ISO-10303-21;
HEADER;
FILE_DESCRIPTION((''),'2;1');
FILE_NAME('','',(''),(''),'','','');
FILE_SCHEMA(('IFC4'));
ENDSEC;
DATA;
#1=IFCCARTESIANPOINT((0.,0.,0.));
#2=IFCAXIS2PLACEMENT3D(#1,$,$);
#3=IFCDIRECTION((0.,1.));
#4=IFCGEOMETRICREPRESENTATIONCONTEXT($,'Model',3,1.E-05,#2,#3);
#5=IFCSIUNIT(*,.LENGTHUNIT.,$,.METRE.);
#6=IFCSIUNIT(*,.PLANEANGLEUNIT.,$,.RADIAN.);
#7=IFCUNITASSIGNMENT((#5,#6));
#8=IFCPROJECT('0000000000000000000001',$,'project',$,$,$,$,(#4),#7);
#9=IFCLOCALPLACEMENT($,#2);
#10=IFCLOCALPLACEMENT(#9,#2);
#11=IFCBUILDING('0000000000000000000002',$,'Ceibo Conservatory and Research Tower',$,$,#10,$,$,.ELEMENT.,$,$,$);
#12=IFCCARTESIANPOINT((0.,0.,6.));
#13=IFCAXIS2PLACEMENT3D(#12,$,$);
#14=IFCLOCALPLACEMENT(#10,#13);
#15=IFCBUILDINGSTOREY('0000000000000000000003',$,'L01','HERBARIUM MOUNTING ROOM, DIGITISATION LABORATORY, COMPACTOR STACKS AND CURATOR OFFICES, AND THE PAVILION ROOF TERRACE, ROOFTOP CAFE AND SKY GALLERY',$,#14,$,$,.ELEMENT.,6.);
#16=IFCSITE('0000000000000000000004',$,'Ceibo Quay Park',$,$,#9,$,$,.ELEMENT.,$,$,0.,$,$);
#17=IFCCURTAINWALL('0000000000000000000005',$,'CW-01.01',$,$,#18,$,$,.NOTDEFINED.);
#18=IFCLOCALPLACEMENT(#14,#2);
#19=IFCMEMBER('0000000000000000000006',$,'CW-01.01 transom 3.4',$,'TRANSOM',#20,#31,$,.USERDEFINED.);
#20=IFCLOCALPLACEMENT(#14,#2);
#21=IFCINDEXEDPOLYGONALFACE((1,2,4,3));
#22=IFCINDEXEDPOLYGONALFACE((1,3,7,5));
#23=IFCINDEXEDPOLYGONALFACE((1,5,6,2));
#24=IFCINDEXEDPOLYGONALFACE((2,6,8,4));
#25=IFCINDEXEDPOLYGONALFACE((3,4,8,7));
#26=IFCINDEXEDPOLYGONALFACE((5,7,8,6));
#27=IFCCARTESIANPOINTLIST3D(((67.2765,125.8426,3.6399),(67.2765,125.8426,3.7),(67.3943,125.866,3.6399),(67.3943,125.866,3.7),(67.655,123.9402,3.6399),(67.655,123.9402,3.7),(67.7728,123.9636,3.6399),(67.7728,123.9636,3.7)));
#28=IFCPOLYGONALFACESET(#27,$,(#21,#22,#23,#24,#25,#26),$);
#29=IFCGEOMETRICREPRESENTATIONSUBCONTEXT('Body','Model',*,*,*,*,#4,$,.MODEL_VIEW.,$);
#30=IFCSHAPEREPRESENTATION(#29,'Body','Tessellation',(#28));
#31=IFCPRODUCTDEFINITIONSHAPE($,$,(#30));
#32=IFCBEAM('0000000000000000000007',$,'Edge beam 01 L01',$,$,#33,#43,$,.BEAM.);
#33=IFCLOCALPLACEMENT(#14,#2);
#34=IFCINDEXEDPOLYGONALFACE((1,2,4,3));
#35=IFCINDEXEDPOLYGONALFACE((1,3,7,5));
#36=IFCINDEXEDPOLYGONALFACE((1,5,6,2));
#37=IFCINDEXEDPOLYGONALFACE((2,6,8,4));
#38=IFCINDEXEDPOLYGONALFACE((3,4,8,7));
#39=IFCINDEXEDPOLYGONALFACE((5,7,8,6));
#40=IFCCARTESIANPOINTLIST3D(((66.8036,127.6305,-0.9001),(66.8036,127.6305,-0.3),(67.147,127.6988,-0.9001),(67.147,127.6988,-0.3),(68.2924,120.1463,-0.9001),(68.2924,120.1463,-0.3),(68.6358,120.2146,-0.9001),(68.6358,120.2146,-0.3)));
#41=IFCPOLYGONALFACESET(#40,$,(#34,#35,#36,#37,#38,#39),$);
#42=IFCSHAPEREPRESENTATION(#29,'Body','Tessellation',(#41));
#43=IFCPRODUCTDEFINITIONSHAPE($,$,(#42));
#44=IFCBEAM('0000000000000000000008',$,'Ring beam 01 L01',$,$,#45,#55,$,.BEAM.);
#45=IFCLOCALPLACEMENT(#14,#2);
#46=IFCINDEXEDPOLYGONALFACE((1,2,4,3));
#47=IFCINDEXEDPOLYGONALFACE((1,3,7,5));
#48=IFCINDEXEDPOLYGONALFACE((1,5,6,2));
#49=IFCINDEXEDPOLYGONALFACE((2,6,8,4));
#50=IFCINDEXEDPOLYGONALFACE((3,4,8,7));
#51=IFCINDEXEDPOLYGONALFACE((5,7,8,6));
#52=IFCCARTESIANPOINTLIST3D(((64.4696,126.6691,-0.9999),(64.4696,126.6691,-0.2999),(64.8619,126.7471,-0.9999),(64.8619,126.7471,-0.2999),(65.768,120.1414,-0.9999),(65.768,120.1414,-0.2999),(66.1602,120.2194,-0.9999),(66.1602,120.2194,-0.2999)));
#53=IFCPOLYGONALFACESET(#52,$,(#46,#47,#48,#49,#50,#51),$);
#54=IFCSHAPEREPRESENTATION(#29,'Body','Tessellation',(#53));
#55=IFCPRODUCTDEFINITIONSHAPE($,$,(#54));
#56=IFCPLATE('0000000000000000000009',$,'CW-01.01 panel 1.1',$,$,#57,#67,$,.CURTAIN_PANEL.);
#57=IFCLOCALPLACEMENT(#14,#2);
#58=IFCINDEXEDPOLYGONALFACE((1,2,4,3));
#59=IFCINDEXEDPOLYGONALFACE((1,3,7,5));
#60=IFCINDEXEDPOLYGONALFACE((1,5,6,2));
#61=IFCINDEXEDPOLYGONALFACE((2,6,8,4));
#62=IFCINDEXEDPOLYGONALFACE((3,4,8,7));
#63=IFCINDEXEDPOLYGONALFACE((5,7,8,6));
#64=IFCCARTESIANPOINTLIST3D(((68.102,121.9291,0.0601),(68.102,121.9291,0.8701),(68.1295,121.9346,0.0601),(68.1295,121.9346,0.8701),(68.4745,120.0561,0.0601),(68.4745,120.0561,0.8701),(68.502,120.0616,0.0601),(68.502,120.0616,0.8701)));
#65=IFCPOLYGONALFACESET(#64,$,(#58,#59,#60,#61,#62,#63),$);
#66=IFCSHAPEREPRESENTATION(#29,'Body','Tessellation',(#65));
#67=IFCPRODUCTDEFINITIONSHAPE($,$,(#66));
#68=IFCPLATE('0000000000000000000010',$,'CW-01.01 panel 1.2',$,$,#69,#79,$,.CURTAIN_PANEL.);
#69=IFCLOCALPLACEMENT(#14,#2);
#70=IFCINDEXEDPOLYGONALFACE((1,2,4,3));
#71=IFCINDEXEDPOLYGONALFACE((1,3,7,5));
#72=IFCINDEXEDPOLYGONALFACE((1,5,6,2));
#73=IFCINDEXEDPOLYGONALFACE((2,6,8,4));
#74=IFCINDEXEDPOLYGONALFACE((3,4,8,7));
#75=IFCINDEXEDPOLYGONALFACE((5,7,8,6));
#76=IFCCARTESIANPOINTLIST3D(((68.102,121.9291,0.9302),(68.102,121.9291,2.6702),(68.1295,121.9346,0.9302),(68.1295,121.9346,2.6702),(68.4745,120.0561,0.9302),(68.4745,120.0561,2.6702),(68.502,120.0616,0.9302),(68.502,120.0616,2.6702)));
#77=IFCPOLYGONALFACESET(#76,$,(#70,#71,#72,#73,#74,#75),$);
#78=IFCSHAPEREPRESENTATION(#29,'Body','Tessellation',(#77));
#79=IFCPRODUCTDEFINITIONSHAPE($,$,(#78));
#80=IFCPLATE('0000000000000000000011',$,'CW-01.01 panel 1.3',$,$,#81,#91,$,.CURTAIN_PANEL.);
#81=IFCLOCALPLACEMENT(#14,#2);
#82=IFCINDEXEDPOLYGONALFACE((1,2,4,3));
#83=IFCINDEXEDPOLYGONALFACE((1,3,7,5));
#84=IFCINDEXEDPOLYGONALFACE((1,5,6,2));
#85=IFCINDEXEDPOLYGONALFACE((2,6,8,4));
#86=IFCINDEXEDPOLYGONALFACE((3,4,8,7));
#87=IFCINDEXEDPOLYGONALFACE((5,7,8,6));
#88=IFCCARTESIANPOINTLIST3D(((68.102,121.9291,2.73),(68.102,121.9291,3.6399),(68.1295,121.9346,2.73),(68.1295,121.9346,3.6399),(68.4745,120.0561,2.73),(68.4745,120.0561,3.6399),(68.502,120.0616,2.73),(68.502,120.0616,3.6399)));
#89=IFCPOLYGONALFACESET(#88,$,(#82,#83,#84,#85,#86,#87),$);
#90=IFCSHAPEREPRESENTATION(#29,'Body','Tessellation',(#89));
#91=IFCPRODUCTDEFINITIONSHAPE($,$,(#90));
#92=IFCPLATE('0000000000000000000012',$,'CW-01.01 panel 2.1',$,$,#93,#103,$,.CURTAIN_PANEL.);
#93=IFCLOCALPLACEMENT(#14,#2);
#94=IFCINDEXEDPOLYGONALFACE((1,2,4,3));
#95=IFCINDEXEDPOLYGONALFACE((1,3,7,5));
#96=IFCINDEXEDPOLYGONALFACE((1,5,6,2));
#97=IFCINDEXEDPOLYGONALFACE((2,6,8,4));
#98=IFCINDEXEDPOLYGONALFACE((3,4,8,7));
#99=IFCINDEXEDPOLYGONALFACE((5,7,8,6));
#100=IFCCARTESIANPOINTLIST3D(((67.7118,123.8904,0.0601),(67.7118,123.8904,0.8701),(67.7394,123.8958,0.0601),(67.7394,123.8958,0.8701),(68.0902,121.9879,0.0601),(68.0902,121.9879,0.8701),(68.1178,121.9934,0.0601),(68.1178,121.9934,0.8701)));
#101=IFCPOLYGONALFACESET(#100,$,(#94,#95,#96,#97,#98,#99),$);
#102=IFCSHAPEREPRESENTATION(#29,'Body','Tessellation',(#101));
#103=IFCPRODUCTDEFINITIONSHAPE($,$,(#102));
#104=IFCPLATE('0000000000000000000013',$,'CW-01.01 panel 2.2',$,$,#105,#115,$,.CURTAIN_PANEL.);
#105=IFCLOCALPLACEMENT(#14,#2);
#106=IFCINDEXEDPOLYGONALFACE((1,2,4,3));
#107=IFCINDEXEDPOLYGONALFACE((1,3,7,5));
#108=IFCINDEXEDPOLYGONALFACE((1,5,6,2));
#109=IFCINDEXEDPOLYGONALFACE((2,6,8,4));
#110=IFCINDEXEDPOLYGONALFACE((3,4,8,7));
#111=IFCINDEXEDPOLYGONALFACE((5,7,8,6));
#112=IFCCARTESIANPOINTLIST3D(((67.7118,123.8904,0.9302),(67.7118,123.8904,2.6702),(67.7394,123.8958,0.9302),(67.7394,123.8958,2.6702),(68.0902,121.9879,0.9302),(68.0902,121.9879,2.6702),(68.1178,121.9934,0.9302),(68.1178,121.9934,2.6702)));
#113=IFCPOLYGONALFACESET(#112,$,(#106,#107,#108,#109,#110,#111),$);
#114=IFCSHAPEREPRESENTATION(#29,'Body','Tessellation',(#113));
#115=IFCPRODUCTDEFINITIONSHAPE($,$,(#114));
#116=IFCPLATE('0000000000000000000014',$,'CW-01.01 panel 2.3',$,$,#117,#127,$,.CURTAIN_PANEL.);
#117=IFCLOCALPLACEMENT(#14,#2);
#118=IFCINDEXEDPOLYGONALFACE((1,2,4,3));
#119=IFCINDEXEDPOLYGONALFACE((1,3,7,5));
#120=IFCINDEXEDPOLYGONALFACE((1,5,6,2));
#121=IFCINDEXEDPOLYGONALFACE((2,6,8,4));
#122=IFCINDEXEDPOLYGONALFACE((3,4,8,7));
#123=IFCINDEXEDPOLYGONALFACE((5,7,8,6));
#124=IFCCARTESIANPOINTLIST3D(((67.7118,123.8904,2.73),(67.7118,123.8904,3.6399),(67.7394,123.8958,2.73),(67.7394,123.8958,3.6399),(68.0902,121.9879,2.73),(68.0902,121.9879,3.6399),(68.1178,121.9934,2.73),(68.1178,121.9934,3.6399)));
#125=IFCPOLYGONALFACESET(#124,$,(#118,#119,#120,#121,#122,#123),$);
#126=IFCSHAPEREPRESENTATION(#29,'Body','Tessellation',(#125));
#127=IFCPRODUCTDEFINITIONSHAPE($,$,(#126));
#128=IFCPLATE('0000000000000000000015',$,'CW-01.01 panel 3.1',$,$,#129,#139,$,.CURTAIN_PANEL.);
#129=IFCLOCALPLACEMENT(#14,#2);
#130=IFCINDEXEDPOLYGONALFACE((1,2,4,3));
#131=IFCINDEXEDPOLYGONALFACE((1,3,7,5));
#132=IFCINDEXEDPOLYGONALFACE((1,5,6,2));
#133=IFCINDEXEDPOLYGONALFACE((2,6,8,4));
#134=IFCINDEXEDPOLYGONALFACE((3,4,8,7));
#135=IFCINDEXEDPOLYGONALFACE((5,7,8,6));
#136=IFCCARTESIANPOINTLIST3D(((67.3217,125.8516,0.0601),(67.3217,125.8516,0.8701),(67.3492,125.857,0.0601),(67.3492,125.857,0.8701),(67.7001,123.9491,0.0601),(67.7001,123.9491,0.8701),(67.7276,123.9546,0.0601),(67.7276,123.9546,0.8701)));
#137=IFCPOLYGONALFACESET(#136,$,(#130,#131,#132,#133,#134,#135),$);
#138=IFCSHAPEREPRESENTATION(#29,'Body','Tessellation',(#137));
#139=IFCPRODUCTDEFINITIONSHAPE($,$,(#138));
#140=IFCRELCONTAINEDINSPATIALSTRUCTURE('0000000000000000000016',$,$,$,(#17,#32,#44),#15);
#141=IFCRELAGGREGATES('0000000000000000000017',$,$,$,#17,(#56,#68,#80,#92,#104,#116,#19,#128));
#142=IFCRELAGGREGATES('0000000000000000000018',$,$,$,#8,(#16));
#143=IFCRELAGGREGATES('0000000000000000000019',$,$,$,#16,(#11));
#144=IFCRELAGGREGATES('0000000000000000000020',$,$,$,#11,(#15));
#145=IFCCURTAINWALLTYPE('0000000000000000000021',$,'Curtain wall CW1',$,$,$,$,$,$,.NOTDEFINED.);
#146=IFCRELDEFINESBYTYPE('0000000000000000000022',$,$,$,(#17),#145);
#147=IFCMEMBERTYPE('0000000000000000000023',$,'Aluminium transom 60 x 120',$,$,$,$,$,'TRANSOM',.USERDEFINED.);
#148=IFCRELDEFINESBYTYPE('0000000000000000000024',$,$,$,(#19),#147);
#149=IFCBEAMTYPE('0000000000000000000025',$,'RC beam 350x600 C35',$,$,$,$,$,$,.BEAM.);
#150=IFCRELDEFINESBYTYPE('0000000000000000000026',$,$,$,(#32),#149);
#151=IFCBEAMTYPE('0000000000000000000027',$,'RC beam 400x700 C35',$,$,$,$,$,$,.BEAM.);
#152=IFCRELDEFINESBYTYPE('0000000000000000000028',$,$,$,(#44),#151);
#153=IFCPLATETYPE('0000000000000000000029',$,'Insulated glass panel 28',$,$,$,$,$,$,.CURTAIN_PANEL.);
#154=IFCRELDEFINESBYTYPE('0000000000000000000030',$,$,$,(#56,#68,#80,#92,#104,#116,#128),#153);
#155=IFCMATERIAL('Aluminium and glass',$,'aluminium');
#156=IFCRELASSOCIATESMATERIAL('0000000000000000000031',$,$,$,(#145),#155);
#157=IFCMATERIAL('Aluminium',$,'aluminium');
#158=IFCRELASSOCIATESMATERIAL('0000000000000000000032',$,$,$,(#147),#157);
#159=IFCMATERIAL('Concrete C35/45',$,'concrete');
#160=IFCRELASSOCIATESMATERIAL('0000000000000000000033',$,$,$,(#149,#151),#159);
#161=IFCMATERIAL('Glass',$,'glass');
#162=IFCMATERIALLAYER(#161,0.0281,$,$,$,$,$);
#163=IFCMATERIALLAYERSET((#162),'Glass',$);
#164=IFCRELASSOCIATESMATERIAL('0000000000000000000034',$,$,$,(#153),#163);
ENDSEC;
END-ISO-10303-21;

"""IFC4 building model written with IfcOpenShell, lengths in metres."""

from ifc_helpers import new_model, si_unit, direction, frame, origin, origin_2d, place, context, subcontext, project, spatial, rectangle, extrude, material, layer, layer_set, material_profile, profile_set, type_object, element, aggregate, save


model = new_model("IFC4")

# Units and contexts
model_context = context("Model", 3, precision=1e-05, world=origin(), true_north=direction((0.0, 1.0)))
body_context = subcontext(model_context, "Body", "Model", "MODEL_VIEW")
ifc_project = project(units=[si_unit("LENGTHUNIT", "METRE"), si_unit("PLANEANGLEUNIT", "RADIAN")], contexts=[model_context])

# Site, building, storey
site_placement = place(None, origin())
site = spatial("IfcSite", under=ifc_project, at=site_placement, Name="Ceibo Quay Park", CompositionType="ELEMENT", RefElevation=0.0)
building_placement = place(site_placement, origin())
building = spatial("IfcBuilding", under=site, at=building_placement, Name="Ceibo Conservatory and Research Tower", CompositionType="ELEMENT")
storey_placement = place(building_placement, frame((0.0, 0.0, 6.0)))
storey = spatial("IfcBuildingStorey", under=building, at=storey_placement, Name="L01", Description="HERBARIUM MOUNTING ROOM, DIGITISATION LABORATORY, COMPACTOR STACKS AND CURATOR OFFICES, AND THE PAVILION ROOF TERRACE, ROOFTOP CAFE AND SKY GALLERY", CompositionType="ELEMENT", Elevation=6.0)

# Curtain wall, member
ifc_material_1 = material(Name="Aluminium and glass", Category="aluminium")
curtain_wall_type = type_object("IfcCurtainWallType", Name="Curtain wall CW1", PredefinedType="NOTDEFINED", material=ifc_material_1)
curtain_wall_placement = place(storey_placement, origin())
curtain_wall = element("IfcCurtainWall", 1, at=curtain_wall_placement, inside=storey, type_object=curtain_wall_type, Name="CW-01.01", PredefinedType="NOTDEFINED")
ifc_material_2 = material(Name="Aluminium", Category="aluminium")
ifc_material_profile_1 = material_profile(ifc_material_2, rectangle(XDim=0.1201, YDim=0.0601, at=origin_2d()), Name="Aluminium 60 x 120")
ifc_profile_set_1 = profile_set([ifc_material_profile_1], Name="Aluminium")
member_type_1 = type_object("IfcMemberType", Name="Aluminium transom 60 x 120", ElementType="TRANSOM", PredefinedType="USERDEFINED", material=ifc_profile_set_1)
member_1_placement = place(storey_placement, frame((67.7139, 123.9519, 3.6699), z_axis=(-0.195099, 0.980783, 0.0), x_axis=(-0.980783, -0.195099, 0.0)))
member_1 = element("IfcMember", 2, at=member_1_placement, type_object=member_type_1, Name="CW-01.01 transom 3.4", ObjectType="TRANSOM", PredefinedType="USERDEFINED", context=body_context, shape_type="SweptSolid", body=[
    extrude(rectangle(XDim=0.1201, YDim=0.0601, at=origin_2d()), origin(), (0.0, 0.0, 1.0), 1.9397),
])

# Beams
ifc_material_3 = material(Name="Concrete C35/45", Category="concrete")
ifc_material_profile_2 = material_profile(ifc_material_3, rectangle(XDim=0.3501, YDim=0.6001, at=origin_2d()), Name="RC 350x600")
ifc_profile_set_2 = profile_set([ifc_material_profile_2], Name="Concrete C35/45")
beam_type_1 = type_object("IfcBeamType", Name="RC beam 350x600 C35", PredefinedType="BEAM", material=ifc_profile_set_2)
beam_1_placement = place(storey_placement, frame((68.4641, 120.1804, -0.6001), z_axis=(-0.195101, 0.980783, 0.0), x_axis=(-0.980783, -0.195101, 0.0)))
element("IfcBeam", 3, at=beam_1_placement, inside=storey, type_object=beam_type_1, Name="Edge beam 01 L01", PredefinedType="BEAM", context=body_context, shape_type="SweptSolid", body=[
    extrude(rectangle(XDim=0.3501, YDim=0.6001, at=origin_2d()), origin(), (0.0, 0.0, 1.0), 7.6309),
])
ifc_material_profile_3 = material_profile(ifc_material_3, rectangle(XDim=0.3999, YDim=0.7, at=origin_2d()), Name="RC 400x700")
ifc_profile_set_3 = profile_set([ifc_material_profile_3], Name="Concrete C35/45")
beam_type_2 = type_object("IfcBeamType", Name="RC beam 400x700 C35", PredefinedType="BEAM", material=ifc_profile_set_3)
beam_2_placement = place(storey_placement, frame((65.9641, 120.1804, -0.6499), z_axis=(-0.195079, 0.980788, 0.0), x_axis=(-0.980788, -0.195079, 0.0)))
element("IfcBeam", 4, at=beam_2_placement, inside=storey, type_object=beam_type_2, Name="Ring beam 01 L01", PredefinedType="BEAM", context=body_context, shape_type="SweptSolid", body=[
    extrude(rectangle(XDim=0.3999, YDim=0.7, at=origin_2d()), origin(), (0.0, 0.0, 1.0), 6.6555),
])

# Plates
ifc_material_4 = material(Name="Glass", Category="glass")
ifc_layer = layer(ifc_material_4, 0.0281)
ifc_layer_set = layer_set([ifc_layer], Name="Glass")
plate_type = type_object("IfcPlateType", Name="Insulated glass panel 28", PredefinedType="CURTAIN_PANEL", material=ifc_layer_set)
plate_1_placement = place(storey_placement, frame((68.302, 120.9954, 0.0601), z_axis=(0.0, 0.0, 1.0), x_axis=(-0.19509, 0.980785, 0.0)))
plate_1 = element("IfcPlate", 5, at=plate_1_placement, type_object=plate_type, Name="CW-01.01 panel 1.1", PredefinedType="CURTAIN_PANEL", context=body_context, shape_type="SweptSolid", body=[
    extrude(rectangle(XDim=1.9097, YDim=0.0281, at=origin_2d()), origin(), (0.0, 0.0, 1.0), 0.8101),
])
plate_2_placement = place(storey_placement, frame((68.302, 120.9954, 0.9302), z_axis=(0.0, 0.0, 1.0), x_axis=(-0.19509, 0.980785, 0.0)))
plate_2 = element("IfcPlate", 6, at=plate_2_placement, type_object=plate_type, Name="CW-01.01 panel 1.2", PredefinedType="CURTAIN_PANEL", context=body_context, shape_type="SweptSolid", body=[
    extrude(rectangle(XDim=1.9097, YDim=0.0281, at=origin_2d()), origin(), (0.0, 0.0, 1.0), 1.74),
])
plate_3_placement = place(storey_placement, frame((68.302, 120.9954, 2.73), z_axis=(0.0, 0.0, 1.0), x_axis=(-0.19509, 0.980785, 0.0)))
plate_3 = element("IfcPlate", 7, at=plate_3_placement, type_object=plate_type, Name="CW-01.01 panel 1.3", PredefinedType="CURTAIN_PANEL", context=body_context, shape_type="SweptSolid", body=[
    extrude(rectangle(XDim=1.9097, YDim=0.0281, at=origin_2d()), origin(), (0.0, 0.0, 1.0), 0.9099),
])
plate_4_placement = place(storey_placement, frame((67.9148, 122.9419, 0.0601), z_axis=(0.0, 0.0, 1.0), x_axis=(-0.19509, 0.980785, 0.0)))
plate_4 = element("IfcPlate", 8, at=plate_4_placement, type_object=plate_type, Name="CW-01.01 panel 2.1", PredefinedType="CURTAIN_PANEL", context=body_context, shape_type="SweptSolid", body=[
    extrude(rectangle(XDim=1.9397, YDim=0.0281, at=origin_2d()), origin(), (0.0, 0.0, 1.0), 0.8101),
])
plate_5_placement = place(storey_placement, frame((67.9148, 122.9419, 0.9302), z_axis=(0.0, 0.0, 1.0), x_axis=(-0.19509, 0.980785, 0.0)))
plate_5 = element("IfcPlate", 9, at=plate_5_placement, type_object=plate_type, Name="CW-01.01 panel 2.2", PredefinedType="CURTAIN_PANEL", context=body_context, shape_type="SweptSolid", body=[
    extrude(rectangle(XDim=1.9397, YDim=0.0281, at=origin_2d()), origin(), (0.0, 0.0, 1.0), 1.74),
])
plate_6_placement = place(storey_placement, frame((67.9148, 122.9419, 2.73), z_axis=(0.0, 0.0, 1.0), x_axis=(-0.19509, 0.980785, 0.0)))
plate_6 = element("IfcPlate", 10, at=plate_6_placement, type_object=plate_type, Name="CW-01.01 panel 2.3", PredefinedType="CURTAIN_PANEL", context=body_context, shape_type="SweptSolid", body=[
    extrude(rectangle(XDim=1.9397, YDim=0.0281, at=origin_2d()), origin(), (0.0, 0.0, 1.0), 0.9099),
])
plate_7_placement = place(storey_placement, frame((67.5247, 124.9031, 0.0601), z_axis=(0.0, 0.0, 1.0), x_axis=(-0.19509, 0.980785, 0.0)))
plate_7 = element("IfcPlate", 11, at=plate_7_placement, type_object=plate_type, Name="CW-01.01 panel 3.1", PredefinedType="CURTAIN_PANEL", context=body_context, shape_type="SweptSolid", body=[
    extrude(rectangle(XDim=1.9397, YDim=0.0281, at=origin_2d()), origin(), (0.0, 0.0, 1.0), 0.8101),
])
aggregate(curtain_wall, [plate_1, plate_2, plate_3, plate_4, plate_5, plate_6, member_1, plate_7])

save(model, "model.ifc")
